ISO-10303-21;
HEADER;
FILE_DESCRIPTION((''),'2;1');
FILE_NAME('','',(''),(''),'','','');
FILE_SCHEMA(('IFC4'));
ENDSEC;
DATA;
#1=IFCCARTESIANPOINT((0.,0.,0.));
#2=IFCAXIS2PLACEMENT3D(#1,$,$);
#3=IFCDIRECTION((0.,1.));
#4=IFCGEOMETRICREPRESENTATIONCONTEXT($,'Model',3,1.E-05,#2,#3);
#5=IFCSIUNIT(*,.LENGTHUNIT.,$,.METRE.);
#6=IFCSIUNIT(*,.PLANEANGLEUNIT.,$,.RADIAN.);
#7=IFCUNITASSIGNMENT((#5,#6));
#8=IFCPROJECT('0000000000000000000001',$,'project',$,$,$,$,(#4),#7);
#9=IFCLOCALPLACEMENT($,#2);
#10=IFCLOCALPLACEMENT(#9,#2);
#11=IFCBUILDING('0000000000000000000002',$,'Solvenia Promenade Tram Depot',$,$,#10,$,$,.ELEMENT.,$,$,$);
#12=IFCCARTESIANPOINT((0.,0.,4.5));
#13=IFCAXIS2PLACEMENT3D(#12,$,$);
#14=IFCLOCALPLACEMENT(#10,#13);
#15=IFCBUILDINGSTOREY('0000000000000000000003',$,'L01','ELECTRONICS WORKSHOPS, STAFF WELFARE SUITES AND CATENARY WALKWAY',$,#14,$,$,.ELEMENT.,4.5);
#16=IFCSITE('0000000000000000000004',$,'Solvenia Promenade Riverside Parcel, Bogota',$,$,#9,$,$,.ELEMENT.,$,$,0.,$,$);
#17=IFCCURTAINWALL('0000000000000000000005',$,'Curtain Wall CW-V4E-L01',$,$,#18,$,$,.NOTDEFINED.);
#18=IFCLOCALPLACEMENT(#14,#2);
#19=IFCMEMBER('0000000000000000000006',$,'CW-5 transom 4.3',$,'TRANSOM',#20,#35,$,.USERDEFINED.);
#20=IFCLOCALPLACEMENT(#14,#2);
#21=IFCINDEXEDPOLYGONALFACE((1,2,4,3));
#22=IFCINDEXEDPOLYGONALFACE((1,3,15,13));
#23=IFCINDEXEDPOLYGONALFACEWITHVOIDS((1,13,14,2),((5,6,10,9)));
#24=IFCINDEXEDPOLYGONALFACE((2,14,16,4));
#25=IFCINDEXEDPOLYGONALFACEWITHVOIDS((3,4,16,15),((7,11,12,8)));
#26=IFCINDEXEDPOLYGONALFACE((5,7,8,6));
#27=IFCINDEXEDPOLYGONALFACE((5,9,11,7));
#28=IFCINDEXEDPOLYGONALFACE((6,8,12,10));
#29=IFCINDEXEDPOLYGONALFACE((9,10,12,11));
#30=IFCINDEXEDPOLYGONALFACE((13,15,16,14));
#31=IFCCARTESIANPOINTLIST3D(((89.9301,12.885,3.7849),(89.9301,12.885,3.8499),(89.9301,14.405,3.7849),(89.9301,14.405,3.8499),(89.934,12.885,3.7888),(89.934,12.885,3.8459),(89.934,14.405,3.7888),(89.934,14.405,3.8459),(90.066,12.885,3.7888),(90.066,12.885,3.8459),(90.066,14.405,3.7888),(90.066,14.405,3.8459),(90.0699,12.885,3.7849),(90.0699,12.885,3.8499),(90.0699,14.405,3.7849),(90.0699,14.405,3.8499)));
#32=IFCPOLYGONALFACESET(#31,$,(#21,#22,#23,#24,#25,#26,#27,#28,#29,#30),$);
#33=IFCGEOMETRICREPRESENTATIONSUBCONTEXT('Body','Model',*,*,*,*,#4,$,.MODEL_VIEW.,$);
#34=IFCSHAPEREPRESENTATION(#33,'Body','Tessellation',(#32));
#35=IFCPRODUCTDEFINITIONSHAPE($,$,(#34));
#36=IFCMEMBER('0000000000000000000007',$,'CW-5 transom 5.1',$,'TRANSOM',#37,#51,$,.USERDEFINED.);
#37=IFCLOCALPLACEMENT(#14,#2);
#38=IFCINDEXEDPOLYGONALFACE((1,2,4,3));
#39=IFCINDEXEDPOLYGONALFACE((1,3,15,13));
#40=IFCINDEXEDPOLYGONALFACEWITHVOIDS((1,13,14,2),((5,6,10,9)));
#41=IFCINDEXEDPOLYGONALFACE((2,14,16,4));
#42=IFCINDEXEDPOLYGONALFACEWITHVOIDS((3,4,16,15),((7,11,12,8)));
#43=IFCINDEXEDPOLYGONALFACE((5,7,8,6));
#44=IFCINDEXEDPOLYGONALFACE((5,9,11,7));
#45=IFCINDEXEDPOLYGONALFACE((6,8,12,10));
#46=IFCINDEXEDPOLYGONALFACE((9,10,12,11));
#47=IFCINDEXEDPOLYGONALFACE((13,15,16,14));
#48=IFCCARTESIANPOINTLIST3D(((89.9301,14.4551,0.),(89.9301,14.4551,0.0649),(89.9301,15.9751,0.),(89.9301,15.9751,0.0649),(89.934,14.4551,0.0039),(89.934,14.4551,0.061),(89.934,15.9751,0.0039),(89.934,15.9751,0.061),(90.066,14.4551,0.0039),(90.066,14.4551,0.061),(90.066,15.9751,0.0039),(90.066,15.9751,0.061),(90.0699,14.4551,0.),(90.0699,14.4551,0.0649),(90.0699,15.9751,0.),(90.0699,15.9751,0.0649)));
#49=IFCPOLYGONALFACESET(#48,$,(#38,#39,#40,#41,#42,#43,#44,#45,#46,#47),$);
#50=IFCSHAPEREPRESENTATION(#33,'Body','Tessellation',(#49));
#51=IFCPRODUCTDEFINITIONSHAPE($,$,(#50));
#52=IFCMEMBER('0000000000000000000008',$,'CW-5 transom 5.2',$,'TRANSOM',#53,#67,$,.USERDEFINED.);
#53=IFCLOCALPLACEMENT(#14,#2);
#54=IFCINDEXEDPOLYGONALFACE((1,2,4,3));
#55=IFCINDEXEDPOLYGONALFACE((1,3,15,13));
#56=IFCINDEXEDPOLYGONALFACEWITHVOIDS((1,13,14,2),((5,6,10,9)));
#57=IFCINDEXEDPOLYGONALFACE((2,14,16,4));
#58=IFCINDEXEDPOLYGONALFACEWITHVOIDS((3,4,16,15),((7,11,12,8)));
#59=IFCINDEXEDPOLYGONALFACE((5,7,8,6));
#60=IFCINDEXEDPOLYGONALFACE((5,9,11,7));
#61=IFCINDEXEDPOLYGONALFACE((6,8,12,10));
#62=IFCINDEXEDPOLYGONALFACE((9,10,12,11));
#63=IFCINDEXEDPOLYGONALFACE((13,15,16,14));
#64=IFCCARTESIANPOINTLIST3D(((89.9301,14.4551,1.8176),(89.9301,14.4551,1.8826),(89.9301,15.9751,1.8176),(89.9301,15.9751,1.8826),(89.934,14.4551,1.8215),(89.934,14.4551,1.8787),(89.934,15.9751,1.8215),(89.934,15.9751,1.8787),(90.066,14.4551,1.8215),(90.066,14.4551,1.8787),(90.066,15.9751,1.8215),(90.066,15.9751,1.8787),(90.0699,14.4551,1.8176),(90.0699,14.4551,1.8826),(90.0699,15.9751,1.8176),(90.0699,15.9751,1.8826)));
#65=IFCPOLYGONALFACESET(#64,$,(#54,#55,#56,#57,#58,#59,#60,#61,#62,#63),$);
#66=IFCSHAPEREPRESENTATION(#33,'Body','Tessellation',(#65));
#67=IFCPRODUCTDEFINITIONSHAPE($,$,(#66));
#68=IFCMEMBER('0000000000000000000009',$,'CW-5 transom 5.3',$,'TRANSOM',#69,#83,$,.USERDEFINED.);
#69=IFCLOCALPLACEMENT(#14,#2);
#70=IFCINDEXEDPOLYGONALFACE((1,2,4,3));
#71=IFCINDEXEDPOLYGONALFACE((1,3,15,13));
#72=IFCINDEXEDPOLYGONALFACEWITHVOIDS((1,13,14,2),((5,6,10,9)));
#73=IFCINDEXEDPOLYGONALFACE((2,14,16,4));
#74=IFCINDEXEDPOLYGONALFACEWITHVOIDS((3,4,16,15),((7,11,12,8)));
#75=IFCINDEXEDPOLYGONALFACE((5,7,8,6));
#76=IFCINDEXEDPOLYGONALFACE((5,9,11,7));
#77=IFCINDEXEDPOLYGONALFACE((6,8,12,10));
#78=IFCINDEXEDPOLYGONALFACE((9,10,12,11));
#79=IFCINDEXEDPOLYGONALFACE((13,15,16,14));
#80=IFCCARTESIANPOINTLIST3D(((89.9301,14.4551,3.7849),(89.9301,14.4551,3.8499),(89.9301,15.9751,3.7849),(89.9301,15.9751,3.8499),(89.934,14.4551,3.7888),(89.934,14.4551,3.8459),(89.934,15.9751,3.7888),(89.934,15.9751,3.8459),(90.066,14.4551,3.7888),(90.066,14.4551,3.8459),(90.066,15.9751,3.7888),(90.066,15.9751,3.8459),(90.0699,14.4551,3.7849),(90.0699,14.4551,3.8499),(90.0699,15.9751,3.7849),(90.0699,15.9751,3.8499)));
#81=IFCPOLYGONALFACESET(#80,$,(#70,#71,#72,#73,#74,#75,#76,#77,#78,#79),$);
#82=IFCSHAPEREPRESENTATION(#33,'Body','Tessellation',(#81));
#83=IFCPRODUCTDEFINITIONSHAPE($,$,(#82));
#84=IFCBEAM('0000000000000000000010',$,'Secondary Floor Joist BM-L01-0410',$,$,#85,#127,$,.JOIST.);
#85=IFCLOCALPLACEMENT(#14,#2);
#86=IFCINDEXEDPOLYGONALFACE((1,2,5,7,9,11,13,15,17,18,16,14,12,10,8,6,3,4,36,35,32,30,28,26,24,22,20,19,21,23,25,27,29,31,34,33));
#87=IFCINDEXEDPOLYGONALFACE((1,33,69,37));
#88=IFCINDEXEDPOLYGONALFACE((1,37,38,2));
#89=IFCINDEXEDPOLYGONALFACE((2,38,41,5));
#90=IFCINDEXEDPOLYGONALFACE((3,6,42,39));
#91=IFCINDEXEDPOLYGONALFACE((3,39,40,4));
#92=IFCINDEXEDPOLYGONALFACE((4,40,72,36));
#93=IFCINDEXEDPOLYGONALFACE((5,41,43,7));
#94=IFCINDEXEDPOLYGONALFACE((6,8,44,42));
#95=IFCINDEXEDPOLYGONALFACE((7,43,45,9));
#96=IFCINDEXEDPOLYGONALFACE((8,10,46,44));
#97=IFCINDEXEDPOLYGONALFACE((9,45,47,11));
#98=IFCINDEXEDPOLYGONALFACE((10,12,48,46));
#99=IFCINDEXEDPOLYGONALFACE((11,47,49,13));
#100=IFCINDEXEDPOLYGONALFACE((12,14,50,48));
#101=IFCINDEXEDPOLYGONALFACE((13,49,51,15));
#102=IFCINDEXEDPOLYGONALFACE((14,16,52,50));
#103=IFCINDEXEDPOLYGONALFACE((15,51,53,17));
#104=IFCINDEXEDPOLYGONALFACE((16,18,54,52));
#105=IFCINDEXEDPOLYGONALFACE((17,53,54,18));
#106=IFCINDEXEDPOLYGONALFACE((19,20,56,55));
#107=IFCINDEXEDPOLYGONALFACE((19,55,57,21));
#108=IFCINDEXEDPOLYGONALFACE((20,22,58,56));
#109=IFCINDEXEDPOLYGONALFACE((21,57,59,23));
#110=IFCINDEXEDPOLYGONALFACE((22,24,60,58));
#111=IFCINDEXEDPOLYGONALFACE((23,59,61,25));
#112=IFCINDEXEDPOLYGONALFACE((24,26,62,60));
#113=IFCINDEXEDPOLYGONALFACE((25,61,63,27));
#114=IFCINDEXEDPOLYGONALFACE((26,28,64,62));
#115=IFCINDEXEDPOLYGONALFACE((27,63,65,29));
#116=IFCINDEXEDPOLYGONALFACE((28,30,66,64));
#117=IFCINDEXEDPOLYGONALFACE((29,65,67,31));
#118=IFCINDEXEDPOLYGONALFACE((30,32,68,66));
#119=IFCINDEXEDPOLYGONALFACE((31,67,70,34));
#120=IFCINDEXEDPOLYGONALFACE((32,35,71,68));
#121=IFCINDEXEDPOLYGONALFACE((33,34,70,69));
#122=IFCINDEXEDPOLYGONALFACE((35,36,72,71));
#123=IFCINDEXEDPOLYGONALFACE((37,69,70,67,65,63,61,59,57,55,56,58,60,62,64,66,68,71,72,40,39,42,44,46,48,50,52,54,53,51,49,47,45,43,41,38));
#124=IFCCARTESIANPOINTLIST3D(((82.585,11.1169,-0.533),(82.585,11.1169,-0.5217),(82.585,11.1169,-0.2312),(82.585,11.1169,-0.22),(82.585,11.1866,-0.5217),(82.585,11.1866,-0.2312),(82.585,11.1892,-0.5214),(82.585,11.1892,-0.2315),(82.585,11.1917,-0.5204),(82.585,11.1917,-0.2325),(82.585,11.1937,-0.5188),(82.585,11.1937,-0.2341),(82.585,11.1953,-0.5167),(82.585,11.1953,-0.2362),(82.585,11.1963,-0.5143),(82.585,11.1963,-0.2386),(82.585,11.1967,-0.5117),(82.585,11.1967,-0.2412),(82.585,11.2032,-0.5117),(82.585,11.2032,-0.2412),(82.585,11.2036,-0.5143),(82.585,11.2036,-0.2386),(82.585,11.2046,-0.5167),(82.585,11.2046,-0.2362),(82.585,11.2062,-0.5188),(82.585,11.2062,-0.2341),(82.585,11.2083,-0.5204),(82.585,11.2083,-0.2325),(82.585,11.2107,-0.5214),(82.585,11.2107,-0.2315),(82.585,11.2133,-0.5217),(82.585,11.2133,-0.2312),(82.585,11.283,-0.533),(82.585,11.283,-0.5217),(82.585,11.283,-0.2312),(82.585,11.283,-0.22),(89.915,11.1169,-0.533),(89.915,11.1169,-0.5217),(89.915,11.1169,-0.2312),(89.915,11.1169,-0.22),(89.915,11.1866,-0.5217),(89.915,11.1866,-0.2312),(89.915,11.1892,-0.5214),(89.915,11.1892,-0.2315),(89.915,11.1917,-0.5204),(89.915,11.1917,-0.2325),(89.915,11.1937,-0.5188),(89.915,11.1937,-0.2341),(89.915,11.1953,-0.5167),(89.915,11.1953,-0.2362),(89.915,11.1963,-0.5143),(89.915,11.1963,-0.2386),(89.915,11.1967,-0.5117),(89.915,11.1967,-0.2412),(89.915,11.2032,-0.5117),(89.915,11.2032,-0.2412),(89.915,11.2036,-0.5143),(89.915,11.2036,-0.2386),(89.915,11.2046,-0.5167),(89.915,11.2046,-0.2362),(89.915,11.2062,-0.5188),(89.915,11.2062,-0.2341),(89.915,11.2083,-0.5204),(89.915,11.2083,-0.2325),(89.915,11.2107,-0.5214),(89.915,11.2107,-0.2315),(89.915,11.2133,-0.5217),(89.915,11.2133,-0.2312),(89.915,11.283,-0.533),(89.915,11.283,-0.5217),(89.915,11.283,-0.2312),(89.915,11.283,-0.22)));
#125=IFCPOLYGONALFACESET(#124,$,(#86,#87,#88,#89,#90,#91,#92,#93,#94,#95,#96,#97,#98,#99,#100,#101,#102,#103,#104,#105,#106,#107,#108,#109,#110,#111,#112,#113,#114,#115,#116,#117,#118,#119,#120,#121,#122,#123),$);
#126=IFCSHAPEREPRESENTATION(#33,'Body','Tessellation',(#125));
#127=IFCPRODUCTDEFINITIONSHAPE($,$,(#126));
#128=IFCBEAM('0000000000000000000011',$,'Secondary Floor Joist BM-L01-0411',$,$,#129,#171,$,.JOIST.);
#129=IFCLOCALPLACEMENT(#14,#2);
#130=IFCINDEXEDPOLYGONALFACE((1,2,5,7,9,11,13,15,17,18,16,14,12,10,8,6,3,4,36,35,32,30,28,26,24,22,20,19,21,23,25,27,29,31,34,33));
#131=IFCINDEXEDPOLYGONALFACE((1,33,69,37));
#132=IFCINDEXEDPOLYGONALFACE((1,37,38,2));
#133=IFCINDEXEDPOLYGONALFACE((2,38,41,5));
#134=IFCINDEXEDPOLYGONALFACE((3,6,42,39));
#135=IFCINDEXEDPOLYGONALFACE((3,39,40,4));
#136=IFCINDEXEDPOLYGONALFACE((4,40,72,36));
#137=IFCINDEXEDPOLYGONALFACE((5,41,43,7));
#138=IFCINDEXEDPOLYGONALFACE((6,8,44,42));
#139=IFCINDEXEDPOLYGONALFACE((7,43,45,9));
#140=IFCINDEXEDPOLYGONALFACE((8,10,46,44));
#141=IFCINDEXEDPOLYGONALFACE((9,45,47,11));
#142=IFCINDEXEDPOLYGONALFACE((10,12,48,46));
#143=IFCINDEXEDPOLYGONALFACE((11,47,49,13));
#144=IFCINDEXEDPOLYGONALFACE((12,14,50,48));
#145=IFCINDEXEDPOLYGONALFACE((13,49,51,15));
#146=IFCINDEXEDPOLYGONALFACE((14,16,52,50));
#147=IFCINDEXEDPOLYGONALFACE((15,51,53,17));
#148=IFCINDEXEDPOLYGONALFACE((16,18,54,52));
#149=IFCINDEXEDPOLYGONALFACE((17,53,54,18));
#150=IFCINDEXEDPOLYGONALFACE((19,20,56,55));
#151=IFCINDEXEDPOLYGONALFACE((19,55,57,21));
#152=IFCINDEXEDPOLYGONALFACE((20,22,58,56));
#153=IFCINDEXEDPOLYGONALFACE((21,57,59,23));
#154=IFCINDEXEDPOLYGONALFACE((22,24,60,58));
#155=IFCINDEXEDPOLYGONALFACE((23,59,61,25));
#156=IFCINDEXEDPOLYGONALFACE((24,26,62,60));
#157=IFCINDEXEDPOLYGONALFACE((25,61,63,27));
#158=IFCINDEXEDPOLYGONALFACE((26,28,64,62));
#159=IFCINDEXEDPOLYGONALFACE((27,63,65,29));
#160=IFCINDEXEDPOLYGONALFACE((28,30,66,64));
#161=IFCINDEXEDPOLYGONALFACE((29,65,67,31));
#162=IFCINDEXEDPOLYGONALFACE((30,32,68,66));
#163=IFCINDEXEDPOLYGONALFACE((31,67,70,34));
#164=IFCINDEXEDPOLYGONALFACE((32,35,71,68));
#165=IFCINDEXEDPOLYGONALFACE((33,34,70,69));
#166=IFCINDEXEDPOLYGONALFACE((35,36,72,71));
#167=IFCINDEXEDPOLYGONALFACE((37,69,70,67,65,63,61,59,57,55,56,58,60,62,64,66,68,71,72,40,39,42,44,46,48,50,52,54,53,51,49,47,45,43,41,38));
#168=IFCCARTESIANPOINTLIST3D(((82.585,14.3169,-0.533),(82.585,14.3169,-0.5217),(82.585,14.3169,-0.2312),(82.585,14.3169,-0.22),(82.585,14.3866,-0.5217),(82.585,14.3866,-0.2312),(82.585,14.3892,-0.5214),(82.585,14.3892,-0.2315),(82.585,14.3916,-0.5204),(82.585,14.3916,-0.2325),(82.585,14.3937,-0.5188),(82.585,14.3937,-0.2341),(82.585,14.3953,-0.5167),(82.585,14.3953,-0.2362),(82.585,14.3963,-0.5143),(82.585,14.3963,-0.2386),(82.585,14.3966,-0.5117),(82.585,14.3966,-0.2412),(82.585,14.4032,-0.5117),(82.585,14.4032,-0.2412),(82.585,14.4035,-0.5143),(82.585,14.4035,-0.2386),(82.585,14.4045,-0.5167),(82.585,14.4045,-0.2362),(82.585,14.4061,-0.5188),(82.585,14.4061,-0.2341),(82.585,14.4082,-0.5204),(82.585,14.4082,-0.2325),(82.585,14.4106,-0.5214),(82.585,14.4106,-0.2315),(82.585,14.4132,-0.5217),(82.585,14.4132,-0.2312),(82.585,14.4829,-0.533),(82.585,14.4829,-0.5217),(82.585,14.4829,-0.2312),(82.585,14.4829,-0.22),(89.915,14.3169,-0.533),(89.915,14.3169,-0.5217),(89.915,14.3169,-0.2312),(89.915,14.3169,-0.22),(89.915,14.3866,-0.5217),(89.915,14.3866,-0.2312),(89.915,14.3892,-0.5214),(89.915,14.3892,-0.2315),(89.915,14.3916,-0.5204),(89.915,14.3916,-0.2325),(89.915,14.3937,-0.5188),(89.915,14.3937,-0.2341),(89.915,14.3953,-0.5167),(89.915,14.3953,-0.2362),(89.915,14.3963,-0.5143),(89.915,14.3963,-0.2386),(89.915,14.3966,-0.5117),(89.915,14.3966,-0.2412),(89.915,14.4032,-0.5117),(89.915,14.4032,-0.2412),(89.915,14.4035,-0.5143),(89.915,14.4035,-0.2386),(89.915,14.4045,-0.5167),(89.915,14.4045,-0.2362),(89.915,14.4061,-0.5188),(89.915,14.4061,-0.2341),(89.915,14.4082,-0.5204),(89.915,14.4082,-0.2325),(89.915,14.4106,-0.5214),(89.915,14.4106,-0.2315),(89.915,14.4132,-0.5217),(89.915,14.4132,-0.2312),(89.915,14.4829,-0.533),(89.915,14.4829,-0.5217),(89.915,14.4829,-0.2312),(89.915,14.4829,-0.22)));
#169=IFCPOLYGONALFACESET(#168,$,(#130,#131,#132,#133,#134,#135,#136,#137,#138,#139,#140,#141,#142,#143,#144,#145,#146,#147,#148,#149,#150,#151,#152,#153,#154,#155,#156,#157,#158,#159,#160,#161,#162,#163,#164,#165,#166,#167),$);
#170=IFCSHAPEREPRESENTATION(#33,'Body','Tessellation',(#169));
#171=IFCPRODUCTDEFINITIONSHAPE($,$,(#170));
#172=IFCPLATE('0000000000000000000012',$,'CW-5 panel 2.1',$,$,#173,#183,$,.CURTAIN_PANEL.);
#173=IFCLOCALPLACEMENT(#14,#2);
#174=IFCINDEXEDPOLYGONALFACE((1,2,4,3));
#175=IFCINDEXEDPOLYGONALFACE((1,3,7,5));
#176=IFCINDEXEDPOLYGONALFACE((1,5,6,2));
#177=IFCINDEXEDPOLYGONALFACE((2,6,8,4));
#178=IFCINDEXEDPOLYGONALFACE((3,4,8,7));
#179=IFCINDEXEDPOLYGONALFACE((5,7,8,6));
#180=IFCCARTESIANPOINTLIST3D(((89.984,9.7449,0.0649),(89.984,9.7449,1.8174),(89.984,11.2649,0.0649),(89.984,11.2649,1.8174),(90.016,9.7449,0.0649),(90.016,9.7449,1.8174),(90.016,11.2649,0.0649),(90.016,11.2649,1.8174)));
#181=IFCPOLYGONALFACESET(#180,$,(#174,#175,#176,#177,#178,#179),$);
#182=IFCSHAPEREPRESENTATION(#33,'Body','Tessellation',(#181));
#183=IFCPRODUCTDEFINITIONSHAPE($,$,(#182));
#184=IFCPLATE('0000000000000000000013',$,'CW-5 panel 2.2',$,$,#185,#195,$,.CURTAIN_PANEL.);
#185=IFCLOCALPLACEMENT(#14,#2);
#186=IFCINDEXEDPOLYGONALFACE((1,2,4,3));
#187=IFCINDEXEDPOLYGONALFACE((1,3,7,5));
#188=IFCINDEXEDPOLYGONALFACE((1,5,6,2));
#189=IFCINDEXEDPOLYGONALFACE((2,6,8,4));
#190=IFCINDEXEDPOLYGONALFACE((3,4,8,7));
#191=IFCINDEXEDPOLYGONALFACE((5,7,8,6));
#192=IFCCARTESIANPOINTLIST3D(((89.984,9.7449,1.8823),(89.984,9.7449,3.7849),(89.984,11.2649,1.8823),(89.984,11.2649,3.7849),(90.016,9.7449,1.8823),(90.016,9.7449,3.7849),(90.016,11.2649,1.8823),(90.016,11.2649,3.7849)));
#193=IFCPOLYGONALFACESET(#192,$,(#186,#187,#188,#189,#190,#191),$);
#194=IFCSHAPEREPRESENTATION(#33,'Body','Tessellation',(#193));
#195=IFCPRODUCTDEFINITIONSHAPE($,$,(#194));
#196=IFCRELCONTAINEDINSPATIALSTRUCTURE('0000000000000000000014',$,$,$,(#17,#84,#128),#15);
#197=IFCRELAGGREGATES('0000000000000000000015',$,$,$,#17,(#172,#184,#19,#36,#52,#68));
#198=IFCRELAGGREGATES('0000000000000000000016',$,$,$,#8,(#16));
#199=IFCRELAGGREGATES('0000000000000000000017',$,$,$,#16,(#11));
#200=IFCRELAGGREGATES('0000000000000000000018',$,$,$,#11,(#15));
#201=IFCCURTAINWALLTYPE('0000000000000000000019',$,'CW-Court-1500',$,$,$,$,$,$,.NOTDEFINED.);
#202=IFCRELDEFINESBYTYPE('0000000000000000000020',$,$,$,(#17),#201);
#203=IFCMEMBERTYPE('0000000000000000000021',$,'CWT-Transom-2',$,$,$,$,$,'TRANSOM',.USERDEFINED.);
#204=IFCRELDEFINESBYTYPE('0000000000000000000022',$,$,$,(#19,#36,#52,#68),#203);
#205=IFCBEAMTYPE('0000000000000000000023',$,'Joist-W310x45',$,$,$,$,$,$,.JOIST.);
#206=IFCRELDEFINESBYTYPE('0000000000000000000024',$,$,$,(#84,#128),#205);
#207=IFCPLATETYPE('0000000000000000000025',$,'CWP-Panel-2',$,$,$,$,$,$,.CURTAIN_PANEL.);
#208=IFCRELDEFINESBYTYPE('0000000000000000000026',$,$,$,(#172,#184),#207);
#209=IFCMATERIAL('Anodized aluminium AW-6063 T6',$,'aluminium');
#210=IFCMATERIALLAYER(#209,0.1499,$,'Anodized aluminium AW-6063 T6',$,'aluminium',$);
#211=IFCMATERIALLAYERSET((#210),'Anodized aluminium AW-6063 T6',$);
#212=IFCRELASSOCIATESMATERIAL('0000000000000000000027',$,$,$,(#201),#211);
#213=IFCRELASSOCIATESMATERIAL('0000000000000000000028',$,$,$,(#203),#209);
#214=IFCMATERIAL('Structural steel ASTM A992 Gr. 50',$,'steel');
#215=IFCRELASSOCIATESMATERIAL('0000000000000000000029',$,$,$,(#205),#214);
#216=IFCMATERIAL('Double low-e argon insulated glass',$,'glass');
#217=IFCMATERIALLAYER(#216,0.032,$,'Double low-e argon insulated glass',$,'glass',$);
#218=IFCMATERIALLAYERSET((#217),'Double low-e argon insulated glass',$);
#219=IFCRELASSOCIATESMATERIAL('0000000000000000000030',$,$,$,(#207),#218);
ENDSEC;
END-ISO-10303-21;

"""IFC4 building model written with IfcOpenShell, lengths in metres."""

from ifc_helpers import new_model, si_unit, direction, frame, origin, origin_2d, place, context, subcontext, project, spatial, rectangle, hollow_rectangle, i_section, extrude, material, layer, layer_set, material_profile, profile_set, type_object, element, aggregate, save


model = new_model("IFC4")

# Units and contexts
model_context = context("Model", 3, precision=1e-05, world=origin(), true_north=direction((0.0, 1.0)))
body_context = subcontext(model_context, "Body", "Model", "MODEL_VIEW")
ifc_project = project(units=[si_unit("LENGTHUNIT", "METRE"), si_unit("PLANEANGLEUNIT", "RADIAN")], contexts=[model_context])

# Site, building, storey
site_placement = place(None, origin())
site = spatial("IfcSite", under=ifc_project, at=site_placement, Name="Solvenia Promenade Riverside Parcel, Bogota", CompositionType="ELEMENT", RefElevation=0.0)
building_placement = place(site_placement, origin())
building = spatial("IfcBuilding", under=site, at=building_placement, Name="Solvenia Promenade Tram Depot", CompositionType="ELEMENT")
storey_placement = place(building_placement, frame((0.0, 0.0, 4.5)))
storey = spatial("IfcBuildingStorey", under=building, at=storey_placement, Name="L01", Description="ELECTRONICS WORKSHOPS, STAFF WELFARE SUITES AND CATENARY WALKWAY", CompositionType="ELEMENT", Elevation=4.5)

# Curtain wall, members
ifc_material_1 = material(Name="Anodized aluminium AW-6063 T6", Category="aluminium")
ifc_layer_1 = layer(ifc_material_1, 0.1499, Name="Anodized aluminium AW-6063 T6", Category="aluminium")
ifc_layer_set_1 = layer_set([ifc_layer_1], Name="Anodized aluminium AW-6063 T6")
curtain_wall_type = type_object("IfcCurtainWallType", Name="CW-Court-1500", PredefinedType="NOTDEFINED", material=ifc_layer_set_1)
curtain_wall_placement = place(storey_placement, origin())
curtain_wall = element("IfcCurtainWall", 1, at=curtain_wall_placement, inside=storey, type_object=curtain_wall_type, Name="Curtain Wall CW-V4E-L01", PredefinedType="NOTDEFINED")
ifc_material_profile_1 = material_profile(ifc_material_1, hollow_rectangle(XDim=0.1399, YDim=0.0649, WallThickness=0.0039, at=origin_2d()), Name="ALU-T2", Category="aluminium")
ifc_profile_set_1 = profile_set([ifc_material_profile_1], Name="Anodized aluminium AW-6063 T6")
member_type_1 = type_object("IfcMemberType", Name="CWT-Transom-2", ElementType="TRANSOM", PredefinedType="USERDEFINED", material=ifc_profile_set_1)
member_1_placement = place(storey_placement, frame((90.0, 12.885, 3.8174), z_axis=(0.0, 1.0, 0.0), x_axis=(-1.0, 0.0, 0.0)))
member_1 = element("IfcMember", 2, at=member_1_placement, type_object=member_type_1, Name="CW-5 transom 4.3", ObjectType="TRANSOM", PredefinedType="USERDEFINED", context=body_context, shape_type="SweptSolid", body=[
    extrude(hollow_rectangle(XDim=0.1399, YDim=0.0649, WallThickness=0.0039, at=origin_2d()), origin(), (0.0, 0.0, 1.0), 1.52),
])
member_2_placement = place(storey_placement, frame((90.0, 14.4551, 0.0325), z_axis=(0.0, 1.0, 0.0), x_axis=(-1.0, 0.0, 0.0)))
member_2 = element("IfcMember", 3, at=member_2_placement, type_object=member_type_1, Name="CW-5 transom 5.1", ObjectType="TRANSOM", PredefinedType="USERDEFINED", context=body_context, shape_type="SweptSolid", body=[
    extrude(hollow_rectangle(XDim=0.1399, YDim=0.0649, WallThickness=0.0039, at=origin_2d()), origin(), (0.0, 0.0, 1.0), 1.52),
])
member_3_placement = place(storey_placement, frame((90.0, 14.4551, 1.8501), z_axis=(0.0, 1.0, 0.0), x_axis=(-1.0, 0.0, 0.0)))
member_3 = element("IfcMember", 4, at=member_3_placement, type_object=member_type_1, Name="CW-5 transom 5.2", ObjectType="TRANSOM", PredefinedType="USERDEFINED", context=body_context, shape_type="SweptSolid", body=[
    extrude(hollow_rectangle(XDim=0.1399, YDim=0.0649, WallThickness=0.0039, at=origin_2d()), origin(), (0.0, 0.0, 1.0), 1.52),
])
member_4_placement = place(storey_placement, frame((90.0, 14.4551, 3.8174), z_axis=(0.0, 1.0, 0.0), x_axis=(-1.0, 0.0, 0.0)))
member_4 = element("IfcMember", 5, at=member_4_placement, type_object=member_type_1, Name="CW-5 transom 5.3", ObjectType="TRANSOM", PredefinedType="USERDEFINED", context=body_context, shape_type="SweptSolid", body=[
    extrude(hollow_rectangle(XDim=0.1399, YDim=0.0649, WallThickness=0.0039, at=origin_2d()), origin(), (0.0, 0.0, 1.0), 1.52),
])

# Beams
ifc_material_2 = material(Name="Structural steel ASTM A992 Gr. 50", Category="steel")
ifc_material_profile_2 = material_profile(ifc_material_2, i_section(OverallWidth=0.166, OverallDepth=0.313, WebThickness=0.0066, FlangeThickness=0.0112, FilletRadius=0.01, at=origin_2d()), Name="W310x45", Category="steel")
ifc_profile_set_2 = profile_set([ifc_material_profile_2], Name="Structural steel ASTM A992 Gr. 50")
beam_type = type_object("IfcBeamType", Name="Joist-W310x45", PredefinedType="JOIST", material=ifc_profile_set_2)
for number, where, z_axis, x_axis, name in (
    (6, (82.585, 11.2, -0.3765), (1.0, 0.0, 0.0), (0.0, 1.0, 0.0), "Secondary Floor Joist BM-L01-0410"),
    (7, (82.585, 14.3999, -0.3765), (1.0, 0.0, 0.0), (0.0, 1.0, 0.0), "Secondary Floor Joist BM-L01-0411"),
):
    element("IfcBeam", number, at=place(storey_placement, frame(where, z_axis=z_axis, x_axis=x_axis)), inside=storey, type_object=beam_type, Name=name, PredefinedType="JOIST", context=body_context, shape_type="SweptSolid", body=[
        extrude(i_section(OverallWidth=0.166, OverallDepth=0.313, WebThickness=0.0066, FlangeThickness=0.0112, FilletRadius=0.01, at=origin_2d()), origin(), (0.0, 0.0, 1.0), 7.3301),
    ])

# Plates
ifc_material_3 = material(Name="Double low-e argon insulated glass", Category="glass")
ifc_layer_2 = layer(ifc_material_3, 0.032, Name="Double low-e argon insulated glass", Category="glass")
ifc_layer_set_2 = layer_set([ifc_layer_2], Name="Double low-e argon insulated glass")
plate_type = type_object("IfcPlateType", Name="CWP-Panel-2", PredefinedType="CURTAIN_PANEL", material=ifc_layer_set_2)
plate_1_placement = place(storey_placement, frame((90.0, 10.5049, 0.0649), z_axis=(0.0, 0.0, 1.0), x_axis=(0.0, 1.0, 0.0)))
plate_1 = element("IfcPlate", 8, at=plate_1_placement, type_object=plate_type, Name="CW-5 panel 2.1", PredefinedType="CURTAIN_PANEL", context=body_context, shape_type="SweptSolid", body=[
    extrude(rectangle(XDim=1.52, YDim=0.032, at=origin_2d()), origin(), (0.0, 0.0, 1.0), 1.7524),
])
plate_2_placement = place(storey_placement, frame((90.0, 10.5049, 1.8823), z_axis=(0.0, 0.0, 1.0), x_axis=(0.0, 1.0, 0.0)))
plate_2 = element("IfcPlate", 9, at=plate_2_placement, type_object=plate_type, Name="CW-5 panel 2.2", PredefinedType="CURTAIN_PANEL", context=body_context, shape_type="SweptSolid", body=[
    extrude(rectangle(XDim=1.52, YDim=0.032, at=origin_2d()), origin(), (0.0, 0.0, 1.0), 1.9026),
])
aggregate(curtain_wall, [plate_1, plate_2, member_1, member_2, member_3, member_4])

save(model, "model.ifc")
